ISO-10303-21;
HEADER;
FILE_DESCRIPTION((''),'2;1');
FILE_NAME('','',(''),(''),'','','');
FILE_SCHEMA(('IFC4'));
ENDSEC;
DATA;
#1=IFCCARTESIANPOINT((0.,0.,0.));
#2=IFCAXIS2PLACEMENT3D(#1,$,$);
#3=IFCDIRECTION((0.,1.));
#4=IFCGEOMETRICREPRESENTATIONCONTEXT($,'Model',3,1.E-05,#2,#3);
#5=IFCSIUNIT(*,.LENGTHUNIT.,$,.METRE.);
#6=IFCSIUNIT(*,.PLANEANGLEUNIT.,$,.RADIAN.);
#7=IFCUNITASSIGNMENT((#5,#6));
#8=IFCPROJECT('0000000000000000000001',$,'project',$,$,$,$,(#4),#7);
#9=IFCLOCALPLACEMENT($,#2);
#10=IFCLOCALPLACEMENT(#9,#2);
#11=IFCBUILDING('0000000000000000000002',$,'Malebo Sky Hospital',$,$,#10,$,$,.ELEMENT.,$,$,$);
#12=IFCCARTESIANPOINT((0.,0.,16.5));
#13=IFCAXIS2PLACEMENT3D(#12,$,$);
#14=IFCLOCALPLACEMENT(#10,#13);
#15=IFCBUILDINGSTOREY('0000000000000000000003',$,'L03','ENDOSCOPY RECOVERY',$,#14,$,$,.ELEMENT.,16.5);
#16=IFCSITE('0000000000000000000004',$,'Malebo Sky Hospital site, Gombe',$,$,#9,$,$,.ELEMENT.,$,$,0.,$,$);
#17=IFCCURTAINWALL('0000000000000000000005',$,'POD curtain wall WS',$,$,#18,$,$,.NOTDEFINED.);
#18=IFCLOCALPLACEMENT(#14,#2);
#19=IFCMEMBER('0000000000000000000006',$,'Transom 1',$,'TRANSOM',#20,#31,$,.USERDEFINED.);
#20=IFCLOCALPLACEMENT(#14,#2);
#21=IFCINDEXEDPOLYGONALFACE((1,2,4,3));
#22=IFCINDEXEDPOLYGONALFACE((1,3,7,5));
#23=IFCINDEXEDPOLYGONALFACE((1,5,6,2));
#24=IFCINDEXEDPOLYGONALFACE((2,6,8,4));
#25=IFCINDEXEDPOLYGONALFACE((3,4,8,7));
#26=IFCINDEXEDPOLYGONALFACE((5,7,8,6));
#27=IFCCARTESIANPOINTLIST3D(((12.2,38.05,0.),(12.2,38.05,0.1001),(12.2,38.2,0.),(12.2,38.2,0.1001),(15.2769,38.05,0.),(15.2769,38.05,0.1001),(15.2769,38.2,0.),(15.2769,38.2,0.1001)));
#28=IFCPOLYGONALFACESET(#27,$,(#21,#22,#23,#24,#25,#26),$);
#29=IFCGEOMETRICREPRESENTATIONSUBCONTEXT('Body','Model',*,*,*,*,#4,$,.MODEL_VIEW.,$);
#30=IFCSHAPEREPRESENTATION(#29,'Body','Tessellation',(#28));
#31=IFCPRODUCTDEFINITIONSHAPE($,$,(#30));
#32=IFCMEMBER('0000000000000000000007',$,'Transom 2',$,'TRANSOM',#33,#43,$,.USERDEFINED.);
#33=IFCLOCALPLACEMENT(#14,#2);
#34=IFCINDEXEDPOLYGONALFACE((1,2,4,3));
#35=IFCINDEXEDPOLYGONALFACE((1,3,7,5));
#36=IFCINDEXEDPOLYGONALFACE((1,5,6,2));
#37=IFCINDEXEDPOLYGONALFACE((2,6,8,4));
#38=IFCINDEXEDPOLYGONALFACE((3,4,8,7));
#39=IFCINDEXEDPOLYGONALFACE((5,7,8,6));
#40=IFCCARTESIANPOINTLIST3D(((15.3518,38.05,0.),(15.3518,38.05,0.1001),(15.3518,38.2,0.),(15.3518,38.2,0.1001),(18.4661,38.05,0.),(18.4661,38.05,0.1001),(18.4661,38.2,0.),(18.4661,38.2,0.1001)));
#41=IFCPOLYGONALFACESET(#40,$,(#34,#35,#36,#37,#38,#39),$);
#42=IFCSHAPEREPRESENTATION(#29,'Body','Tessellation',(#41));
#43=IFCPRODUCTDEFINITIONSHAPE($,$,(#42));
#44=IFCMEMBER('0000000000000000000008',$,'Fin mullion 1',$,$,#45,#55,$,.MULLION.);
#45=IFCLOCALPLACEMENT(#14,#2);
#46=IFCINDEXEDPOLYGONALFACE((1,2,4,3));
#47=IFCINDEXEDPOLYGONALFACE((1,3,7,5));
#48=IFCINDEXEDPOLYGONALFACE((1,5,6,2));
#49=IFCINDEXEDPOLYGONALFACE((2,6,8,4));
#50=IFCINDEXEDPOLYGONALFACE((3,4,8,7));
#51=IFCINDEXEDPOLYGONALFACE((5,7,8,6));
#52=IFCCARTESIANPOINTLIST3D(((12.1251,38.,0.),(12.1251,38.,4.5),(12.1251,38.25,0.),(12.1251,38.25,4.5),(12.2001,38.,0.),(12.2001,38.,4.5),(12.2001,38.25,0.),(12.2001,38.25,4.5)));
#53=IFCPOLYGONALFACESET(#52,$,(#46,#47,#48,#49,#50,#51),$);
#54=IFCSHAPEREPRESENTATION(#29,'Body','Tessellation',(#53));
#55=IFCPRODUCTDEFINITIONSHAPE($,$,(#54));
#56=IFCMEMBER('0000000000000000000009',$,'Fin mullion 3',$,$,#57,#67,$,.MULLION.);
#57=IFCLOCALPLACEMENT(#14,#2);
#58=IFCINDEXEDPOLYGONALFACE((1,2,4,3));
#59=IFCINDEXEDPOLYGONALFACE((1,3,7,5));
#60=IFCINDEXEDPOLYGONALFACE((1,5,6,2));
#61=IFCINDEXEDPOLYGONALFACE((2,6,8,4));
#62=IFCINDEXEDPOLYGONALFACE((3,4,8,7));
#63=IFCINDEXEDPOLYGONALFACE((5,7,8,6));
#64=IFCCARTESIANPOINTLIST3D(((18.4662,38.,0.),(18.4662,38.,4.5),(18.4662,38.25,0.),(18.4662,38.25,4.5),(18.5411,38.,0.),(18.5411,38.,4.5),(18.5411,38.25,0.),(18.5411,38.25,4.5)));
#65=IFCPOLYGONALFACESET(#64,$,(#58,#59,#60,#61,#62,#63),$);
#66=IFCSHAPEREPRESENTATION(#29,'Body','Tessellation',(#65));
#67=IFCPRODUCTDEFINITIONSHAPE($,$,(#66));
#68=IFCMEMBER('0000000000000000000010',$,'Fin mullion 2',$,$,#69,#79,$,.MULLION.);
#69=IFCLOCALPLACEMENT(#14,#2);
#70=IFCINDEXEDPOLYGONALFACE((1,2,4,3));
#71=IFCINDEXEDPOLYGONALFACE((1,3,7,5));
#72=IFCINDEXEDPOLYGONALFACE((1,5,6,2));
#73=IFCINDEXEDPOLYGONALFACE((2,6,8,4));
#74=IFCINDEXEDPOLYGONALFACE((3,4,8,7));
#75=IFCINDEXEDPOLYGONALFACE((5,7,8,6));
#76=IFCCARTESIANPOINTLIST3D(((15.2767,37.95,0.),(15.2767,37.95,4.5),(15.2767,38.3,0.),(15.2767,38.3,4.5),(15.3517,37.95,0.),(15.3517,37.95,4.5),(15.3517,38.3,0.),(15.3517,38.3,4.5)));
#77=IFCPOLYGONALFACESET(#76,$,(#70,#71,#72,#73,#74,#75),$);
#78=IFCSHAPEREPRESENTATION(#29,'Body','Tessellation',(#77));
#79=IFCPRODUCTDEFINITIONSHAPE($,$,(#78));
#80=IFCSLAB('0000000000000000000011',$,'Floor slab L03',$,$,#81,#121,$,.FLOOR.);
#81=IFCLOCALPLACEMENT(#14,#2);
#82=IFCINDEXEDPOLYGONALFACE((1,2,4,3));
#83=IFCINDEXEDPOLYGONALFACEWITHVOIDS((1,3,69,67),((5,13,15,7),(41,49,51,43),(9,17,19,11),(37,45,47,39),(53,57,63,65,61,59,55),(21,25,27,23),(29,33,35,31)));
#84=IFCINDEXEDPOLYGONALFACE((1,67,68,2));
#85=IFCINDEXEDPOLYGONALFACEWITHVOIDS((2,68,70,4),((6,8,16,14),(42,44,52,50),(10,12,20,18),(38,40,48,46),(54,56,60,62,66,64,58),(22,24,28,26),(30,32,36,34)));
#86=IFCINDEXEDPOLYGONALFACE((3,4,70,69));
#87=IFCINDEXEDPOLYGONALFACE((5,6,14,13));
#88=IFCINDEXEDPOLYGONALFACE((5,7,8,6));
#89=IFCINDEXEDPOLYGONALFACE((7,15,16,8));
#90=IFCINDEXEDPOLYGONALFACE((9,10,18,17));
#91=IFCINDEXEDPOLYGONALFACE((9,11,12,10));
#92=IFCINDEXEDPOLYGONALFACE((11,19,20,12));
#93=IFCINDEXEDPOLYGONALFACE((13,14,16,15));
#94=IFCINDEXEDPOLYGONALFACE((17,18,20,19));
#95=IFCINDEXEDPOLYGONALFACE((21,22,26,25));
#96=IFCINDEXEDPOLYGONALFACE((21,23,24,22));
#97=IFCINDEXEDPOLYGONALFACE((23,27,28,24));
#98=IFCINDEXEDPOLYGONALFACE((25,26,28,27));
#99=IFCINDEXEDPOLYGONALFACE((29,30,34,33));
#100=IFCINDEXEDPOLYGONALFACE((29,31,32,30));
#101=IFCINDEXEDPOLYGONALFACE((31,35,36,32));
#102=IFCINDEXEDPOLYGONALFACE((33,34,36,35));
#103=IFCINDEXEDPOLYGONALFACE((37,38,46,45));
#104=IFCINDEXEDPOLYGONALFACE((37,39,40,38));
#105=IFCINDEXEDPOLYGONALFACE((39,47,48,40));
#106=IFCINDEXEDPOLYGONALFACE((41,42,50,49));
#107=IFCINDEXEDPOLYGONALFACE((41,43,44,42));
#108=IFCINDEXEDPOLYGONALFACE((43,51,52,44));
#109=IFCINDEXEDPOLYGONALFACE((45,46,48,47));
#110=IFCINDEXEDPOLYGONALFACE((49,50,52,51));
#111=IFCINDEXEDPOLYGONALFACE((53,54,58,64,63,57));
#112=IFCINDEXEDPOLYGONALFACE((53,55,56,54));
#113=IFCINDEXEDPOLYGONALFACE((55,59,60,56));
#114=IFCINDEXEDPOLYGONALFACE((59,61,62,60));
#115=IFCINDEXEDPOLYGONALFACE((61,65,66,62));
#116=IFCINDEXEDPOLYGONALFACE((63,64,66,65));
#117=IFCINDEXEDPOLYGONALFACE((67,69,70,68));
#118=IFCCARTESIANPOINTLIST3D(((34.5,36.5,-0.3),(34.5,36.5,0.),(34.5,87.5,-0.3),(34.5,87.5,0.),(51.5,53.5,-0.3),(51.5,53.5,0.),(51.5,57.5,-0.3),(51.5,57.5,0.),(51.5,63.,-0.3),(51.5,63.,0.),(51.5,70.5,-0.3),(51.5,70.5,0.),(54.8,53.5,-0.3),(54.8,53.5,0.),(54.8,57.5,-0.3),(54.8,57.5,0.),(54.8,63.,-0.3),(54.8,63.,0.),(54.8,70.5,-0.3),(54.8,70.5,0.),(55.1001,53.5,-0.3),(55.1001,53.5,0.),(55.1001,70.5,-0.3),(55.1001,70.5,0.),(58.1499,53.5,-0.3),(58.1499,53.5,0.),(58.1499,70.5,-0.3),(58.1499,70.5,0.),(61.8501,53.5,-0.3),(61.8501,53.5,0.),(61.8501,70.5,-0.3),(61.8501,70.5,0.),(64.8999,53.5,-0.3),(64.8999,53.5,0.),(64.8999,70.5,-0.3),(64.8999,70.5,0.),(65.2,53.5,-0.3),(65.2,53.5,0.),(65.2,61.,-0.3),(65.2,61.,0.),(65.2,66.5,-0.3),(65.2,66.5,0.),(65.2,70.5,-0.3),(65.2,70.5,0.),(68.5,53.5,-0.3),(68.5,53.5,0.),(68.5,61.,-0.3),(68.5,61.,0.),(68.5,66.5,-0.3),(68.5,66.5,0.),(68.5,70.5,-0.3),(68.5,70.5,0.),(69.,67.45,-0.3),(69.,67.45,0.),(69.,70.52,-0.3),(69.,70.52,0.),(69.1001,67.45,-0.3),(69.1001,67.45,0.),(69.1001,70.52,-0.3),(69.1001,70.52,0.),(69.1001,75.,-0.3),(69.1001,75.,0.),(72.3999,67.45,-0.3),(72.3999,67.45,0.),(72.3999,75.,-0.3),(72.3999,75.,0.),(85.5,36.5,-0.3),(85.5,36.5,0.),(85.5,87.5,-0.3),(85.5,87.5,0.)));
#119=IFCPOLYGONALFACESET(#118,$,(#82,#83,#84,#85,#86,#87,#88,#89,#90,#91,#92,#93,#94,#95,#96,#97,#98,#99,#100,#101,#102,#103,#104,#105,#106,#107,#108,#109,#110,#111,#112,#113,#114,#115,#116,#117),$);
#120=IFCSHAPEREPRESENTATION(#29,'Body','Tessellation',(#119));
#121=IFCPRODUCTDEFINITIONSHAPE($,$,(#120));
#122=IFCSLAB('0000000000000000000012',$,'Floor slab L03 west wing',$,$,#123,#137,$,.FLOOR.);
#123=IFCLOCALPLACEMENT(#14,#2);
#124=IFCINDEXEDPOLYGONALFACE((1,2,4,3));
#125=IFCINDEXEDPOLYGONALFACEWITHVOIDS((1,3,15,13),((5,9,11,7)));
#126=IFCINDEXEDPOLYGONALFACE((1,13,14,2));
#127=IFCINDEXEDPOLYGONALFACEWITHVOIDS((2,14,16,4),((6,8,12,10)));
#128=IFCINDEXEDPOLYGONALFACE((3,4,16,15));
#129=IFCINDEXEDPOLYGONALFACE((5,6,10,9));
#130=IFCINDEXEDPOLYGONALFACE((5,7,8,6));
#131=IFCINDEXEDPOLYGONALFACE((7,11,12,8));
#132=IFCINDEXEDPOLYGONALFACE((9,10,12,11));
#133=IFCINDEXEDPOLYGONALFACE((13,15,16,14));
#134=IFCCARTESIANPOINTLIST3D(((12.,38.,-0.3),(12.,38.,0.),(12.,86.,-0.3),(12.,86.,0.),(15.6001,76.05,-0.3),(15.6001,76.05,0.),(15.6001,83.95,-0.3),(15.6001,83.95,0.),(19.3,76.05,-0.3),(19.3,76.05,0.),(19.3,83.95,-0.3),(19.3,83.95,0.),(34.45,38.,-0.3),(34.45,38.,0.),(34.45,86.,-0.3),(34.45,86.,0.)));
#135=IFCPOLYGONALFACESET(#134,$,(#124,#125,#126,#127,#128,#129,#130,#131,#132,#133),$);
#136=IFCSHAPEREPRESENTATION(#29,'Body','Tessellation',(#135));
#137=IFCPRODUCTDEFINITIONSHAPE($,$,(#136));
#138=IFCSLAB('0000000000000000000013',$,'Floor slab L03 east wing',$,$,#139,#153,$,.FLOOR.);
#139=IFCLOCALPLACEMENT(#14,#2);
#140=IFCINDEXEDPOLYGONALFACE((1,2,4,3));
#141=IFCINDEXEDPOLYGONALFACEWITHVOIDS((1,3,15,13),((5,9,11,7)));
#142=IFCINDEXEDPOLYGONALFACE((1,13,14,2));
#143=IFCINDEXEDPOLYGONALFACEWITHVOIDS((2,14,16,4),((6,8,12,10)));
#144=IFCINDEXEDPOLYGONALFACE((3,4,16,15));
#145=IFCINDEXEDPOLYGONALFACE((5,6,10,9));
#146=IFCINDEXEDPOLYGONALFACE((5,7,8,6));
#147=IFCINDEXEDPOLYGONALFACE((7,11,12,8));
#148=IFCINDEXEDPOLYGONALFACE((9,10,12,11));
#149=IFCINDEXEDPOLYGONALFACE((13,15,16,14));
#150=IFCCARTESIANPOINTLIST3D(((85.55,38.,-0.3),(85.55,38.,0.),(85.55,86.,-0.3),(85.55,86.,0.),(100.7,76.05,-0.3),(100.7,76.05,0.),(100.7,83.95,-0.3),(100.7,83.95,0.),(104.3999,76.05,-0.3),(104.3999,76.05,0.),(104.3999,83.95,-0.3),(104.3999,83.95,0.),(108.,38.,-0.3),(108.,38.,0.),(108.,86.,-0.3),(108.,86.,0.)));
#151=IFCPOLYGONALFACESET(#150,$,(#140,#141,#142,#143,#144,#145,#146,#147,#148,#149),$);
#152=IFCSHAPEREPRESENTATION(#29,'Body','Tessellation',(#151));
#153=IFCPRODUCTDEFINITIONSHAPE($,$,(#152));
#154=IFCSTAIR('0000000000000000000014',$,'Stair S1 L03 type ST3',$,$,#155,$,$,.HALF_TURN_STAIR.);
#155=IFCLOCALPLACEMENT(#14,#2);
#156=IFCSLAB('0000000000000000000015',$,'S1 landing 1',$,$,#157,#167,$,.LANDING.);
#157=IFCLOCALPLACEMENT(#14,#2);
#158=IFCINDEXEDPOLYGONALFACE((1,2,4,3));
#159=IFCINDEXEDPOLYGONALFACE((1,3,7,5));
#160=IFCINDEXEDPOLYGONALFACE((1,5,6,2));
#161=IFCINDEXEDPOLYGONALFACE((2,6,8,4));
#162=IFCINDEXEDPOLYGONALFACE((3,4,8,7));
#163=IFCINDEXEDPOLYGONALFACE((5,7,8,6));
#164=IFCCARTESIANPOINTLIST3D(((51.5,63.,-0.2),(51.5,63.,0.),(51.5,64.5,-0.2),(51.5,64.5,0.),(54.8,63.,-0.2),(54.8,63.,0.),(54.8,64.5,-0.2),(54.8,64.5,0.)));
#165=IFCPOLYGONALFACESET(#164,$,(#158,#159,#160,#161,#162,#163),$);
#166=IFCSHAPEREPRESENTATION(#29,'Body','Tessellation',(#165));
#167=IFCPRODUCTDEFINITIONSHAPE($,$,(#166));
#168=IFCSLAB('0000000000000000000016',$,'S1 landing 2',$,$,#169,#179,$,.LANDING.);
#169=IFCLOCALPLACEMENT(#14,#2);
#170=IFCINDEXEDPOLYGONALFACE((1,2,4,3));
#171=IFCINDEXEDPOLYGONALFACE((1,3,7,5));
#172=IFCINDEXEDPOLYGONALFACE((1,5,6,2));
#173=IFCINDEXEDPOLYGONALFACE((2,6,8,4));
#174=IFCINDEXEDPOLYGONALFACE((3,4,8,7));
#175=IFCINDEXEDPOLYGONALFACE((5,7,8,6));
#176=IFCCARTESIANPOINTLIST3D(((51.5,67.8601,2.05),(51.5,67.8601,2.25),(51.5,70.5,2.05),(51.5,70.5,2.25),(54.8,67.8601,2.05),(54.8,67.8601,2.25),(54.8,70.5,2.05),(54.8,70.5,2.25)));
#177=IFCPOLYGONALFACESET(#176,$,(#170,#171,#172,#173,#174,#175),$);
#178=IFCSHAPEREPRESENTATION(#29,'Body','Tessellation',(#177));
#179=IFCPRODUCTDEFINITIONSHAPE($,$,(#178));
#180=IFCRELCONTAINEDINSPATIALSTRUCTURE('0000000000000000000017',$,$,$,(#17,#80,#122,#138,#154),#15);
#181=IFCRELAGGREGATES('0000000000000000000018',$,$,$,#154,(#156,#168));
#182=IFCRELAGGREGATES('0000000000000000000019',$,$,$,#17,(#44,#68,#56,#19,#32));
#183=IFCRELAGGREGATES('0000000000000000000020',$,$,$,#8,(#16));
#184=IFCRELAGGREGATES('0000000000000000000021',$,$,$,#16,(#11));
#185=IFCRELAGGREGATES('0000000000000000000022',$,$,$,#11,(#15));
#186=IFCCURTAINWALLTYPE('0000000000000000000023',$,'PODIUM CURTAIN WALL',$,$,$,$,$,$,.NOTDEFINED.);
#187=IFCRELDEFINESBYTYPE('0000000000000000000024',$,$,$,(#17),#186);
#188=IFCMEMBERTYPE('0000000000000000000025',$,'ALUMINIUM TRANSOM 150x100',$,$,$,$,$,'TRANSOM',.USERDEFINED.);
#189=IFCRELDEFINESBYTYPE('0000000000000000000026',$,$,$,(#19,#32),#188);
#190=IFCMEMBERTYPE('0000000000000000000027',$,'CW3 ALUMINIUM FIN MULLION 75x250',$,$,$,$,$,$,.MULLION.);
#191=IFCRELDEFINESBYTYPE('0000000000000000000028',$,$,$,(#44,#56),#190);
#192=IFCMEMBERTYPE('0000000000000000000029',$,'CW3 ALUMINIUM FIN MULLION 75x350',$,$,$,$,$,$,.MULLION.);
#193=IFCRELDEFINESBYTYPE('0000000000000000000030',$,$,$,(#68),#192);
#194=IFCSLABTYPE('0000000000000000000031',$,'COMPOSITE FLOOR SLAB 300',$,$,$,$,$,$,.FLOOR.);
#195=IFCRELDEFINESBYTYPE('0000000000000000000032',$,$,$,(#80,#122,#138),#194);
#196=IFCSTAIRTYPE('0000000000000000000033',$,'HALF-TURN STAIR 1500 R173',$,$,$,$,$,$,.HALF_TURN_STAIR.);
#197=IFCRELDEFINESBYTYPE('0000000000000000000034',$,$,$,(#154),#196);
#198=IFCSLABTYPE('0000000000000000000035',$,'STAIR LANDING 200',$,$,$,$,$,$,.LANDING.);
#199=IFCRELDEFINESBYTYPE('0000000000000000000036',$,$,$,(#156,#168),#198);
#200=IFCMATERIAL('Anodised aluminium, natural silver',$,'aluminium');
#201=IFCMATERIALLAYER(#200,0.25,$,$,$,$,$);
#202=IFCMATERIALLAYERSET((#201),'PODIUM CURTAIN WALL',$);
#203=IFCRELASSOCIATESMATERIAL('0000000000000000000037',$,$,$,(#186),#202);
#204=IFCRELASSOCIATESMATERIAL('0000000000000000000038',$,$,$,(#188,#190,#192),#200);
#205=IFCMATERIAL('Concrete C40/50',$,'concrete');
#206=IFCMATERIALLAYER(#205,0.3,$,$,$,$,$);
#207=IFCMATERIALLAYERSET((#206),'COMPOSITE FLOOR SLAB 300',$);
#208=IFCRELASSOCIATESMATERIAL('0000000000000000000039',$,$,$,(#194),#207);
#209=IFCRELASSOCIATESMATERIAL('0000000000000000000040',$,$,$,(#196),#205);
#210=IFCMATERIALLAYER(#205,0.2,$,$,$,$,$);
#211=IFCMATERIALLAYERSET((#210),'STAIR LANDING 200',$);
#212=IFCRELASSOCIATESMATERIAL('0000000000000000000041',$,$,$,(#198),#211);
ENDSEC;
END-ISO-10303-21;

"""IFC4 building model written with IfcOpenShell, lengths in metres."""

from ifc_helpers import new_model, si_unit, direction, frame, origin, origin_2d, place, context, subcontext, project, spatial, polyline, rectangle, outline, extrude, material, layer, layer_set, material_profile, profile_set, type_object, element, aggregate, save


model = new_model("IFC4")

# Units and contexts
model_context = context("Model", 3, precision=1e-05, world=origin(), true_north=direction((0.0, 1.0)))
body_context = subcontext(model_context, "Body", "Model", "MODEL_VIEW")
ifc_project = project(units=[si_unit("LENGTHUNIT", "METRE"), si_unit("PLANEANGLEUNIT", "RADIAN")], contexts=[model_context])

# Site, building, storey
site_placement = place(None, origin())
site = spatial("IfcSite", under=ifc_project, at=site_placement, Name="Malebo Sky Hospital site, Gombe", CompositionType="ELEMENT", RefElevation=0.0)
building_placement = place(site_placement, origin())
building = spatial("IfcBuilding", under=site, at=building_placement, Name="Malebo Sky Hospital", CompositionType="ELEMENT")
storey_placement = place(building_placement, frame((0.0, 0.0, 16.5)))
storey = spatial("IfcBuildingStorey", under=building, at=storey_placement, Name="L03", Description="ENDOSCOPY RECOVERY", CompositionType="ELEMENT", Elevation=16.5)

# Curtain wall, members
ifc_material_1 = material(Name="Anodised aluminium, natural silver", Category="aluminium")
ifc_layer_1 = layer(ifc_material_1, 0.25)
ifc_layer_set_1 = layer_set([ifc_layer_1], Name="PODIUM CURTAIN WALL")
curtain_wall_type = type_object("IfcCurtainWallType", Name="PODIUM CURTAIN WALL", PredefinedType="NOTDEFINED", material=ifc_layer_set_1)
curtain_wall_placement = place(storey_placement, origin())
curtain_wall = element("IfcCurtainWall", 1, at=curtain_wall_placement, inside=storey, type_object=curtain_wall_type, Name="POD curtain wall WS", PredefinedType="NOTDEFINED")
ifc_material_profile_1 = material_profile(ifc_material_1, rectangle(XDim=0.1499, YDim=0.1001, at=origin_2d()), Name="ALUMINIUM TRANSOM 150x100")
ifc_profile_set_1 = profile_set([ifc_material_profile_1], Name="Anodised aluminium, natural silver")
member_type_1 = type_object("IfcMemberType", Name="ALUMINIUM TRANSOM 150x100", ElementType="TRANSOM", PredefinedType="USERDEFINED", material=ifc_profile_set_1)
member_1_placement = place(storey_placement, frame((12.2, 38.125, 0.05), z_axis=(1.0, 0.0, 0.0), x_axis=(0.0, 1.0, 0.0)))
member_1 = element("IfcMember", 2, at=member_1_placement, type_object=member_type_1, Name="Transom 1", ObjectType="TRANSOM", PredefinedType="USERDEFINED", context=body_context, shape_type="SweptSolid", body=[
    extrude(rectangle(XDim=0.1499, YDim=0.1001, at=origin_2d()), origin(), (0.0, 0.0, 1.0), 3.0769),
])
member_2_placement = place(storey_placement, frame((15.3518, 38.125, 0.05), z_axis=(1.0, 0.0, 0.0), x_axis=(0.0, 1.0, 0.0)))
member_2 = element("IfcMember", 3, at=member_2_placement, type_object=member_type_1, Name="Transom 2", ObjectType="TRANSOM", PredefinedType="USERDEFINED", context=body_context, shape_type="SweptSolid", body=[
    extrude(rectangle(XDim=0.1499, YDim=0.1001, at=origin_2d()), origin(), (0.0, 0.0, 1.0), 3.1143),
])
ifc_material_profile_2 = material_profile(ifc_material_1, rectangle(XDim=0.075, YDim=0.25, at=origin_2d()), Name="CW3 ALUMINIUM FIN MULLION 75x250")
ifc_profile_set_2 = profile_set([ifc_material_profile_2], Name="Anodised aluminium, natural silver")
member_type_2 = type_object("IfcMemberType", Name="CW3 ALUMINIUM FIN MULLION 75x250", PredefinedType="MULLION", material=ifc_profile_set_2)
member_3_placement = place(storey_placement, frame((12.1626, 38.125, 0.0), z_axis=(0.0, 0.0, 1.0), x_axis=(1.0, 0.0, 0.0)))
member_3 = element("IfcMember", 4, at=member_3_placement, type_object=member_type_2, Name="Fin mullion 1", PredefinedType="MULLION", context=body_context, shape_type="SweptSolid", body=[
    extrude(rectangle(XDim=0.075, YDim=0.25, at=origin_2d()), origin(), (0.0, 0.0, 1.0), 4.5),
])
member_4_placement = place(storey_placement, frame((18.5037, 38.125, 0.0), z_axis=(0.0, 0.0, 1.0), x_axis=(1.0, 0.0, 0.0)))
member_4 = element("IfcMember", 5, at=member_4_placement, type_object=member_type_2, Name="Fin mullion 3", PredefinedType="MULLION", context=body_context, shape_type="SweptSolid", body=[
    extrude(rectangle(XDim=0.075, YDim=0.25, at=origin_2d()), origin(), (0.0, 0.0, 1.0), 4.5),
])
ifc_material_profile_3 = material_profile(ifc_material_1, rectangle(XDim=0.075, YDim=0.3501, at=origin_2d()), Name="CW3 ALUMINIUM FIN MULLION 75x350")
ifc_profile_set_3 = profile_set([ifc_material_profile_3], Name="Anodised aluminium, natural silver")
member_type_3 = type_object("IfcMemberType", Name="CW3 ALUMINIUM FIN MULLION 75x350", PredefinedType="MULLION", material=ifc_profile_set_3)
member_5_placement = place(storey_placement, frame((15.3142, 38.125, 0.0), z_axis=(0.0, 0.0, 1.0), x_axis=(1.0, 0.0, 0.0)))
member_5 = element("IfcMember", 6, at=member_5_placement, type_object=member_type_3, Name="Fin mullion 2", PredefinedType="MULLION", context=body_context, shape_type="SweptSolid", body=[
    extrude(rectangle(XDim=0.075, YDim=0.3501, at=origin_2d()), origin(), (0.0, 0.0, 1.0), 4.5),
])

# Slabs
ifc_material_2 = material(Name="Concrete C40/50", Category="concrete")
ifc_layer_2 = layer(ifc_material_2, 0.3)
ifc_layer_set_2 = layer_set([ifc_layer_2], Name="COMPOSITE FLOOR SLAB 300")
slab_type_1 = type_object("IfcSlabType", Name="COMPOSITE FLOOR SLAB 300", PredefinedType="FLOOR", material=ifc_layer_set_2)
slab_1_placement = place(storey_placement, frame((0.0, 0.0, -0.3)))
element("IfcSlab", 7, at=slab_1_placement, inside=storey, type_object=slab_type_1, Name="Floor slab L03", PredefinedType="FLOOR", context=body_context, shape_type="SweptSolid", body=[
    extrude(outline(polyline([(34.5, 87.5), (34.5, 36.5), (85.5, 36.5), (85.5, 87.5), (34.5, 87.5)]), holes=[polyline([(55.1001, 70.5), (58.1499, 70.5), (58.1499, 53.5), (55.1001, 53.5), (55.1001, 70.5)]), polyline([(64.8999, 70.5), (64.8999, 53.5), (61.8501, 53.5), (61.8501, 70.5), (64.8999, 70.5)]), polyline([(54.8, 63.0), (51.5, 63.0), (51.5, 70.5), (54.8, 70.5), (54.8, 63.0)]), polyline([(51.5, 53.5), (51.5, 57.5), (54.8, 57.5), (54.8, 53.5), (51.5, 53.5)]), polyline([(65.2, 61.0), (68.5, 61.0), (68.5, 53.5), (65.2, 53.5), (65.2, 61.0)]), polyline([(68.5, 70.5), (68.5, 66.5), (65.2, 66.5), (65.2, 70.5), (68.5, 70.5)]), polyline([(69.0, 67.45), (69.0, 70.52), (69.1001, 70.52), (69.1001, 75.0), (72.3999, 75.0), (72.3999, 67.45), (69.1001, 67.45), (69.0, 67.45)])]), origin(), (0.0, 0.0, 1.0), 0.3),
])
slab_2_placement = place(storey_placement, frame((0.0, 0.0, -0.3)))
element("IfcSlab", 8, at=slab_2_placement, inside=storey, type_object=slab_type_1, Name="Floor slab L03 west wing", PredefinedType="FLOOR", context=body_context, shape_type="SweptSolid", body=[
    extrude(outline(polyline([(34.45, 38.0), (34.45, 86.0), (12.0, 86.0), (12.0, 38.0), (34.45, 38.0)]), holes=[polyline([(19.3, 76.05), (15.6001, 76.05), (15.6001, 83.95), (19.3, 83.95), (19.3, 76.05)])]), origin(), (0.0, 0.0, 1.0), 0.3),
])
slab_3_placement = place(storey_placement, frame((0.0, 0.0, -0.3)))
element("IfcSlab", 9, at=slab_3_placement, inside=storey, type_object=slab_type_1, Name="Floor slab L03 east wing", PredefinedType="FLOOR", context=body_context, shape_type="SweptSolid", body=[
    extrude(outline(polyline([(108.0, 38.0), (108.0, 86.0), (85.55, 86.0), (85.55, 38.0), (108.0, 38.0)]), holes=[polyline([(104.3999, 76.05), (100.7, 76.05), (100.7, 83.95), (104.3999, 83.95), (104.3999, 76.05)])]), origin(), (0.0, 0.0, 1.0), 0.3),
])

# Stair, slabs
stair_type_1 = type_object("IfcStairType", Name="HALF-TURN STAIR 1500 R173", PredefinedType="HALF_TURN_STAIR", material=ifc_material_2)
stair_1_placement = place(storey_placement, origin())
stair_1 = element("IfcStair", 10, at=stair_1_placement, inside=storey, type_object=stair_type_1, Name="Stair S1 L03 type ST3", PredefinedType="HALF_TURN_STAIR")
ifc_layer_3 = layer(ifc_material_2, 0.2)
ifc_layer_set_3 = layer_set([ifc_layer_3], Name="STAIR LANDING 200")
slab_type_2 = type_object("IfcSlabType", Name="STAIR LANDING 200", PredefinedType="LANDING", material=ifc_layer_set_3)
slab_4_placement = place(storey_placement, frame((0.0, 0.0, -0.2)))
slab_4 = element("IfcSlab", 11, at=slab_4_placement, type_object=slab_type_2, Name="S1 landing 1", PredefinedType="LANDING", context=body_context, shape_type="SweptSolid", body=[
    extrude(outline(polyline([(51.5, 63.0), (54.8, 63.0), (54.8, 64.5), (51.5, 64.5), (51.5, 63.0)])), origin(), (0.0, 0.0, 1.0), 0.2),
])
slab_5_placement = place(storey_placement, frame((0.0, 0.0, 2.05)))
slab_5 = element("IfcSlab", 12, at=slab_5_placement, type_object=slab_type_2, Name="S1 landing 2", PredefinedType="LANDING", context=body_context, shape_type="SweptSolid", body=[
    extrude(outline(polyline([(51.5, 67.8601), (54.8, 67.8601), (54.8, 70.5), (51.5, 70.5), (51.5, 67.8601)])), origin(), (0.0, 0.0, 1.0), 0.2),
])
aggregate(stair_1, [slab_4, slab_5])

aggregate(curtain_wall, [member_3, member_5, member_4, member_1, member_2])

save(model, "model.ifc")
